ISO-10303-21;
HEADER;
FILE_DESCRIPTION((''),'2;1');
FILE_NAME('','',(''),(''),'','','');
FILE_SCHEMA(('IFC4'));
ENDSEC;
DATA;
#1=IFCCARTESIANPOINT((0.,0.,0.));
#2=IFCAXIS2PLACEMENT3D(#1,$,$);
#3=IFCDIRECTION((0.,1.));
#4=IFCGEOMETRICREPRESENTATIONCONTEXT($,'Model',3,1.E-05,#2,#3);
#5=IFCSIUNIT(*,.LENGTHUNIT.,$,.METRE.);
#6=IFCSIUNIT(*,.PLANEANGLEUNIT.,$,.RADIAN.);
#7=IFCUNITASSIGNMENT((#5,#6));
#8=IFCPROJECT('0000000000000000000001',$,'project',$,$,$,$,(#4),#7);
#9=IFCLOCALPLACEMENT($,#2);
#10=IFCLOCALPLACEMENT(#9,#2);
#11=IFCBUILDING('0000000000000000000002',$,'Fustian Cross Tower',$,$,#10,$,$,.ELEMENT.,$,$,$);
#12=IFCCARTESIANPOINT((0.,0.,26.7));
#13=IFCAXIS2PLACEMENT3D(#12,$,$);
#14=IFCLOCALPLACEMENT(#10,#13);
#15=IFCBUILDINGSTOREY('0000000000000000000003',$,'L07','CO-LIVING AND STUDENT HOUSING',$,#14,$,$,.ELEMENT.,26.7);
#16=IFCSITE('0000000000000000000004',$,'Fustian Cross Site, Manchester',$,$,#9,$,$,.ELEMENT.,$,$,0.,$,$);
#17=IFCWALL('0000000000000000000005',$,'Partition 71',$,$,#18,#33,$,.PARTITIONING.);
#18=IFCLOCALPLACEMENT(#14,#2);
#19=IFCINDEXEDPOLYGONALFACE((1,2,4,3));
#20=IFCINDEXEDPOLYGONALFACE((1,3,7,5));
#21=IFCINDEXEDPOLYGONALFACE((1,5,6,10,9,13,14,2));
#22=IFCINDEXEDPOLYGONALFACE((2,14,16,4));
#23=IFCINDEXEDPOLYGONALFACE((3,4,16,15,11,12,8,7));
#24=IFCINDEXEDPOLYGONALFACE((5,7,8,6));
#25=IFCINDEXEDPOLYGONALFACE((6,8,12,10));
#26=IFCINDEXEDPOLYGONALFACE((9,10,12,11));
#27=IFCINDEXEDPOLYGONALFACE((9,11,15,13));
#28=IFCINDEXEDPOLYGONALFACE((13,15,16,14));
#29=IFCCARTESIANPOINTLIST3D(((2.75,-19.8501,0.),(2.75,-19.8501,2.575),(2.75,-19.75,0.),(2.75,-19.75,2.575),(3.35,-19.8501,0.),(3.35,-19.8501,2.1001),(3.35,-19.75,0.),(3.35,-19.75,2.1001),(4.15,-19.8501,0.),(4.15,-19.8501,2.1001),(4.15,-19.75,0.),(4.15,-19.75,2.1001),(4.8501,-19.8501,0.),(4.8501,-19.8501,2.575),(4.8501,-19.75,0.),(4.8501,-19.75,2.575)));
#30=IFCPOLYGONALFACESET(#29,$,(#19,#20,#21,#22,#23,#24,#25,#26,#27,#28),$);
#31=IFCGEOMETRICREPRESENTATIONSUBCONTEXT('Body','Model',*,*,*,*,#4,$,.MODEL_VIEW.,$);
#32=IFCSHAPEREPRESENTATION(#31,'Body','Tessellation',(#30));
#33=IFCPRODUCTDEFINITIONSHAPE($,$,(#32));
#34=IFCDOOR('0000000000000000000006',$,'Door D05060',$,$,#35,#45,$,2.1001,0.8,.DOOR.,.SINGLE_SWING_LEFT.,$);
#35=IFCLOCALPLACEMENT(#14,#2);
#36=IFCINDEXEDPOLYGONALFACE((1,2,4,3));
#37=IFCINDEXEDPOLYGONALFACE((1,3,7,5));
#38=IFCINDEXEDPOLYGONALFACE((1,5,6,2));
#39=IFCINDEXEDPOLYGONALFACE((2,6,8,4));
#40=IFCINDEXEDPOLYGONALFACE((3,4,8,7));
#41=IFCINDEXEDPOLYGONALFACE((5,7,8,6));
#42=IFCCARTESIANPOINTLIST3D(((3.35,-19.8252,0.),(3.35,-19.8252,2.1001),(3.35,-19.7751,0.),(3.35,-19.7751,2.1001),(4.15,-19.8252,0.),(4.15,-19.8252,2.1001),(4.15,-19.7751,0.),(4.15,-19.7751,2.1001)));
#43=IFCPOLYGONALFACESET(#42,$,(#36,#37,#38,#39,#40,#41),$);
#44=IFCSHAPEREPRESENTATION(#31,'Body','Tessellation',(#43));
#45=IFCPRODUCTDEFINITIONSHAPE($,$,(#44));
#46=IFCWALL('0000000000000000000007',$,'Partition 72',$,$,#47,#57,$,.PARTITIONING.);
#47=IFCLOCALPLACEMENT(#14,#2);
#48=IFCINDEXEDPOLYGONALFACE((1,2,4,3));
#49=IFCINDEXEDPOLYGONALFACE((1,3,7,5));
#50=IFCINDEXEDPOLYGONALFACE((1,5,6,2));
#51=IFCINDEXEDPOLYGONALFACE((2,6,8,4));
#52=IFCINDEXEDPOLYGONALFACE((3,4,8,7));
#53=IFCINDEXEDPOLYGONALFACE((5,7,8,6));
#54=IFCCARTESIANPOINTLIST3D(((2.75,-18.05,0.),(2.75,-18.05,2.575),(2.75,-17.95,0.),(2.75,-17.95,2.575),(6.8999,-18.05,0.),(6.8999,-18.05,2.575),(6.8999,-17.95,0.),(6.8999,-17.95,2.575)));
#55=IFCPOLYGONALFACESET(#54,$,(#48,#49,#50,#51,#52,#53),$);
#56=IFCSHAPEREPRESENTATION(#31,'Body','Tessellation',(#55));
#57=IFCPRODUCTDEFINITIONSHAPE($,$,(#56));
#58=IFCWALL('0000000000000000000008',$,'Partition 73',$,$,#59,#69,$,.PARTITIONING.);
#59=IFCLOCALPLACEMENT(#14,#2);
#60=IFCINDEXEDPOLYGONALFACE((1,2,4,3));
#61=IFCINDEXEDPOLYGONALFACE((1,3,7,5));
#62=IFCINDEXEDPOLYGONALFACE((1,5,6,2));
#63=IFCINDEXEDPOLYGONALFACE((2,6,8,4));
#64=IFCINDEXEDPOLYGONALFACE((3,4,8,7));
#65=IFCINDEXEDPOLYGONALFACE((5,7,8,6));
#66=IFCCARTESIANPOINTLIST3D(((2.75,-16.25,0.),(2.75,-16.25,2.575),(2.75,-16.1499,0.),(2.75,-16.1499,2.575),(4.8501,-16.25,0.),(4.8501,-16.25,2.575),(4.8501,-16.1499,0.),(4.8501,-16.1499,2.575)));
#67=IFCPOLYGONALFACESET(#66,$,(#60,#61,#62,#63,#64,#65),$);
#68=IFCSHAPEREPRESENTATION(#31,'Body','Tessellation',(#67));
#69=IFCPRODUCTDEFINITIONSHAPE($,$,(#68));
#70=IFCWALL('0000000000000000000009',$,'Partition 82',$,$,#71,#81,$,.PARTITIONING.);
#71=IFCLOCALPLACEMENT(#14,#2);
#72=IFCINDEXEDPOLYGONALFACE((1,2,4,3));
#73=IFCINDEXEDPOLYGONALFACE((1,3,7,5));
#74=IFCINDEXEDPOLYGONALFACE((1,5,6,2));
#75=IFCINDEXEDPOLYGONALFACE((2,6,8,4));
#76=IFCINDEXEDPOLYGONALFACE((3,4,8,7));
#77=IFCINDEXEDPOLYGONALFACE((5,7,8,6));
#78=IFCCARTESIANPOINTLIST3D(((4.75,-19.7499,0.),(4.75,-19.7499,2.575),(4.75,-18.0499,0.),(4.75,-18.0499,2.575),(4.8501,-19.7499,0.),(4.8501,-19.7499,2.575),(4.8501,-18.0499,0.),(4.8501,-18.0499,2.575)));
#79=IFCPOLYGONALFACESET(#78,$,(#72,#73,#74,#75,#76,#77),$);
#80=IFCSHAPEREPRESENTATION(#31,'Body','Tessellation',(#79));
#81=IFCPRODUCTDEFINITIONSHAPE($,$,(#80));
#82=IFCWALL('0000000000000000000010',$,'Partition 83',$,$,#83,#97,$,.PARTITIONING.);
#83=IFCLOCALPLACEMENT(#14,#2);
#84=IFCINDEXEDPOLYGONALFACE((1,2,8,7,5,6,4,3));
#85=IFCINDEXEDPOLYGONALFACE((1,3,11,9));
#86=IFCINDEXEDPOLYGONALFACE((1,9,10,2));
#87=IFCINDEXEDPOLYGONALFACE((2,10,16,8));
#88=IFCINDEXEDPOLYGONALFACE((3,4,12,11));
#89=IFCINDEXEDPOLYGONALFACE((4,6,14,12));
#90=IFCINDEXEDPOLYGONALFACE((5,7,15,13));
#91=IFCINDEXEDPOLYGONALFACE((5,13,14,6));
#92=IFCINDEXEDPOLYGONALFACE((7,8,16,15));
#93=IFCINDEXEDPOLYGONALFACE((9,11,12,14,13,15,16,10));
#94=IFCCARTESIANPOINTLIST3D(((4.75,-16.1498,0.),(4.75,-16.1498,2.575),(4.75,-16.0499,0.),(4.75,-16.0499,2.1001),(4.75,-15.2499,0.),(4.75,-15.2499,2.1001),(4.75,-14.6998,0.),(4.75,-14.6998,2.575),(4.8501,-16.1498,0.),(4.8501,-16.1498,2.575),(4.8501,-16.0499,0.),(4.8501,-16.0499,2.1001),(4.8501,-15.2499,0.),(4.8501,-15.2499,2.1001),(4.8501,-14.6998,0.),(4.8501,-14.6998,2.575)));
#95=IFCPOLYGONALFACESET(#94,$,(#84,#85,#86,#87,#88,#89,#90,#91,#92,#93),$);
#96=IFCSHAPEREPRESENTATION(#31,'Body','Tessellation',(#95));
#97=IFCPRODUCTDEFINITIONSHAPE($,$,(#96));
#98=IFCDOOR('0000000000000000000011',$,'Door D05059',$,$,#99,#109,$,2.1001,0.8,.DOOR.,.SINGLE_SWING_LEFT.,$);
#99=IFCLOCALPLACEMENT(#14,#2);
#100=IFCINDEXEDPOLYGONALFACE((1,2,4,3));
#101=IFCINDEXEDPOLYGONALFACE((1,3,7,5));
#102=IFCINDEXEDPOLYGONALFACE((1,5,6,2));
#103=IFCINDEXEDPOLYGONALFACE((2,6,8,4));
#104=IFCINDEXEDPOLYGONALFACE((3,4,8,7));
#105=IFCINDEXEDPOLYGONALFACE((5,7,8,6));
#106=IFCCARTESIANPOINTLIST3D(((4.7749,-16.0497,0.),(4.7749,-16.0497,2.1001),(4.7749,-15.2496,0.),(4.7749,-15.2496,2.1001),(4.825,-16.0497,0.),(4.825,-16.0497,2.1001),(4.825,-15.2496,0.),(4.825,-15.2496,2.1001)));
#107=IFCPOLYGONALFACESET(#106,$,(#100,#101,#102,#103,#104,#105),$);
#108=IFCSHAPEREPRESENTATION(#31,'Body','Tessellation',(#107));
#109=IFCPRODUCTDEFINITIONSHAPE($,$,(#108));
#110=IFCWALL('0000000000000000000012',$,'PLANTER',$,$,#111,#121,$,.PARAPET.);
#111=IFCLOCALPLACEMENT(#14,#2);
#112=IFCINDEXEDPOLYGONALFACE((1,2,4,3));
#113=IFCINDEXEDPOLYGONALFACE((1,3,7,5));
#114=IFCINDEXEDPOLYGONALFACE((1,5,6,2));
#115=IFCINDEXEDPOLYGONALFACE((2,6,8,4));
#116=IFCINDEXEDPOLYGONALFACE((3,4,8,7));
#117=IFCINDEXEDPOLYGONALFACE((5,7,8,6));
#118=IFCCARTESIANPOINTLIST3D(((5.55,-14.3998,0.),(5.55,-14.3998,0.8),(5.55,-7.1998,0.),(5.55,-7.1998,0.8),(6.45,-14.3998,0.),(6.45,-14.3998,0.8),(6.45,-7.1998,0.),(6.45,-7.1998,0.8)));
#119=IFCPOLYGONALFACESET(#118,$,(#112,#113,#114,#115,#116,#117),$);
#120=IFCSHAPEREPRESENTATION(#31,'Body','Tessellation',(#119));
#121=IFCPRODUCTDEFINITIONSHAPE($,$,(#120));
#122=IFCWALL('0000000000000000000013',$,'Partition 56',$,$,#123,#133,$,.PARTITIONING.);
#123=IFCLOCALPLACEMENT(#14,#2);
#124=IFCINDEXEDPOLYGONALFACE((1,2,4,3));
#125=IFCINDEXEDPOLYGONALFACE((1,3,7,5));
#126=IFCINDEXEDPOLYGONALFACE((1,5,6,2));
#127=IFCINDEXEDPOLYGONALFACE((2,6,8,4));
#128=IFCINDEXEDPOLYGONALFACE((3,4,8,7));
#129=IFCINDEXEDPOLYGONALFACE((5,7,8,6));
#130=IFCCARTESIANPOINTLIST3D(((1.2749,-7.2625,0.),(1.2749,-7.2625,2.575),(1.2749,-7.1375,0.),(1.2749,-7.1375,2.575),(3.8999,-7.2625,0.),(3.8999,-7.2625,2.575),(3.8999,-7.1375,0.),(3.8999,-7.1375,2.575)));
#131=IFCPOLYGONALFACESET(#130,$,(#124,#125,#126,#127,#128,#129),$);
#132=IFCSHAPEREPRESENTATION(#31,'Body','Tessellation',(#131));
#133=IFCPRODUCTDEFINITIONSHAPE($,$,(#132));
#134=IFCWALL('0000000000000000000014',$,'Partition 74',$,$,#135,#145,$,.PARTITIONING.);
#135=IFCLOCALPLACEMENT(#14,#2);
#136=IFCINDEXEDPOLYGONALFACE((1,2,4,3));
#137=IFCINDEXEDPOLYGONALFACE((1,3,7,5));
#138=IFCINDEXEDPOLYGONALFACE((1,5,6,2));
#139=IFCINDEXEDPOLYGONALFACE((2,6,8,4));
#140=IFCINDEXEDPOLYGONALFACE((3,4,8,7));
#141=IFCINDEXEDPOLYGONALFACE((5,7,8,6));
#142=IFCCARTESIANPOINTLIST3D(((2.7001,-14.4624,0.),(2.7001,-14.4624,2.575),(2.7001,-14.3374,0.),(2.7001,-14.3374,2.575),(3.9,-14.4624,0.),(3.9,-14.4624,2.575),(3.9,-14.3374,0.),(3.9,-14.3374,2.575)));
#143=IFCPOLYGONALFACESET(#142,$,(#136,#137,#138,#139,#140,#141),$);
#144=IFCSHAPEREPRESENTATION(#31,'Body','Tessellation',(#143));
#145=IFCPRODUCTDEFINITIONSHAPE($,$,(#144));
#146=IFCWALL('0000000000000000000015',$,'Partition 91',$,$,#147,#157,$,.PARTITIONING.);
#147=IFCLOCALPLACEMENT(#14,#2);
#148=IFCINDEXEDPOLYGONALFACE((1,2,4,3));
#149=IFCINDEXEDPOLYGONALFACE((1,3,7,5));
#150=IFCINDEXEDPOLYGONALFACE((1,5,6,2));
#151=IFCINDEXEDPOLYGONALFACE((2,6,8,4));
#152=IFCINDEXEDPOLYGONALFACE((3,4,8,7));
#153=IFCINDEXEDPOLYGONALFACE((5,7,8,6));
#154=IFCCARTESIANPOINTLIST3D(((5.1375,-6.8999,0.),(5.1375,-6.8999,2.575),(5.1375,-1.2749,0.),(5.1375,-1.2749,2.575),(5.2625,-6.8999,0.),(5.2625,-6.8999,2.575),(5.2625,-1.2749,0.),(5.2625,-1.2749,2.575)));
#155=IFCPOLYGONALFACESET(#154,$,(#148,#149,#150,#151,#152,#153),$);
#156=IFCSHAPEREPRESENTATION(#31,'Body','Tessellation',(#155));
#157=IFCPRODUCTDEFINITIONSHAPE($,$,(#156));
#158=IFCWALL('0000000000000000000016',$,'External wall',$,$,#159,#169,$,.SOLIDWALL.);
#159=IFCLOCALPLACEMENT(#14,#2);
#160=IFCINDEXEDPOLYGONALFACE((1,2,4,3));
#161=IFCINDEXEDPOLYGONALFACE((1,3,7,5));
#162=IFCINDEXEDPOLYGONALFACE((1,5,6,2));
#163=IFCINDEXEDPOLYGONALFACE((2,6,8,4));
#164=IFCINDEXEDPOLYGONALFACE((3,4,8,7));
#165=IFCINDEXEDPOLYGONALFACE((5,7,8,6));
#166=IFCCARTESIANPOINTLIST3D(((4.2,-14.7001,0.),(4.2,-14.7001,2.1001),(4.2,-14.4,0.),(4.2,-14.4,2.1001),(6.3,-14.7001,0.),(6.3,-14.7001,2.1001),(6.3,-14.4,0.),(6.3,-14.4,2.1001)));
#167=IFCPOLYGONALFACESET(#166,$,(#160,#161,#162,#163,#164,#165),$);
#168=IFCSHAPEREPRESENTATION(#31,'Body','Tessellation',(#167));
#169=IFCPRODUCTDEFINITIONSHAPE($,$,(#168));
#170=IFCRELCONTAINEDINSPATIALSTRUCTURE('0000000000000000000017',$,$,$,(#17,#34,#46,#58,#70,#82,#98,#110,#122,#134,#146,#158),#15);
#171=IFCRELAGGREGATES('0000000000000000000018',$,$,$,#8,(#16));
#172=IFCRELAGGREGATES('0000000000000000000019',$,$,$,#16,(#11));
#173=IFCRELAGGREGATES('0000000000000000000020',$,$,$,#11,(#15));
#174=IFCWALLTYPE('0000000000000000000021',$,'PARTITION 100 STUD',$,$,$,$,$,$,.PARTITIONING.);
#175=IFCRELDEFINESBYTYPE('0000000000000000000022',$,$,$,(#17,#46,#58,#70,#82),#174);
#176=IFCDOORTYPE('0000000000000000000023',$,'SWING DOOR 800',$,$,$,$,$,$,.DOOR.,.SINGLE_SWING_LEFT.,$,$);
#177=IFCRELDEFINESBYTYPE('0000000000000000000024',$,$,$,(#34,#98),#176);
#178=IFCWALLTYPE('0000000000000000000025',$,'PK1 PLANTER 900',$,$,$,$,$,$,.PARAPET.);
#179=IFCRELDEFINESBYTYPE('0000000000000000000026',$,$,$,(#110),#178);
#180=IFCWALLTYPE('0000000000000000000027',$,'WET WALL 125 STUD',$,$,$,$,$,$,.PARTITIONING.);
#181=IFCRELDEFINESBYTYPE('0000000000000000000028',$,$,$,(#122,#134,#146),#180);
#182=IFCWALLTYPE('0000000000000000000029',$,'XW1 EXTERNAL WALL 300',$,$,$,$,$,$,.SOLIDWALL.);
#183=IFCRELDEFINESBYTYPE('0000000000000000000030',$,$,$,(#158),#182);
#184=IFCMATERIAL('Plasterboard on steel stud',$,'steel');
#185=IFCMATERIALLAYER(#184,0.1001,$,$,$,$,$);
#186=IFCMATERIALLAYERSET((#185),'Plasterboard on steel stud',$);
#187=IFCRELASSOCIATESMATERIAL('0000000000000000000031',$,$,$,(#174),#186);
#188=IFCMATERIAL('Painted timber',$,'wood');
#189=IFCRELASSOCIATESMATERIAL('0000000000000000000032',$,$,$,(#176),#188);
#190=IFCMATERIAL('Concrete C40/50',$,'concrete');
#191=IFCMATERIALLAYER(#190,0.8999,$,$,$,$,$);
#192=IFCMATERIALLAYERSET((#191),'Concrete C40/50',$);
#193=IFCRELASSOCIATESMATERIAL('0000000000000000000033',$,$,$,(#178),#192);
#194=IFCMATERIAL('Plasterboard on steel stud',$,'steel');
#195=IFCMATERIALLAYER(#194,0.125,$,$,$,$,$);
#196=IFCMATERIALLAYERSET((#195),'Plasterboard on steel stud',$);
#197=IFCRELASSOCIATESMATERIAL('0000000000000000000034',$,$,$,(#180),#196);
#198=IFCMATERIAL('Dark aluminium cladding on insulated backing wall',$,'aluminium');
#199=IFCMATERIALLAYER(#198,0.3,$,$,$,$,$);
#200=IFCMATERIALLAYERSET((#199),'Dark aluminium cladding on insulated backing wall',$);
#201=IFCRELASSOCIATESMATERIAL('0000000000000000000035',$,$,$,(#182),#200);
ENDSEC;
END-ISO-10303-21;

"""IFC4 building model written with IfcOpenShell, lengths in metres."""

from ifc_helpers import new_model, si_unit, direction, frame, frame_2d, origin, place, context, subcontext, project, spatial, rectangle, extrude, material, layer, layer_set, type_object, element, fill, save


model = new_model("IFC4")

# Units and contexts
model_context = context("Model", 3, precision=1e-05, world=origin(), true_north=direction((0.0, 1.0)))
body_context = subcontext(model_context, "Body", "Model", "MODEL_VIEW")
ifc_project = project(units=[si_unit("LENGTHUNIT", "METRE"), si_unit("PLANEANGLEUNIT", "RADIAN")], contexts=[model_context])

# Site, building, storey
site_placement = place(None, origin())
site = spatial("IfcSite", under=ifc_project, at=site_placement, Name="Fustian Cross Site, Manchester", CompositionType="ELEMENT", RefElevation=0.0)
building_placement = place(site_placement, origin())
building = spatial("IfcBuilding", under=site, at=building_placement, Name="Fustian Cross Tower", CompositionType="ELEMENT")
storey_placement = place(building_placement, frame((0.0, 0.0, 26.7)))
storey = spatial("IfcBuildingStorey", under=building, at=storey_placement, Name="L07", Description="CO-LIVING AND STUDENT HOUSING", CompositionType="ELEMENT", Elevation=26.7)

# Shared definitions
ifc_material_1 = material(Name="Plasterboard on steel stud", Category="steel")
ifc_layer_1 = layer(ifc_material_1, 0.1001)
ifc_layer_set_1 = layer_set([ifc_layer_1], Name="Plasterboard on steel stud")
wall_type_1 = type_object("IfcWallType", Name="PARTITION 100 STUD", PredefinedType="PARTITIONING", material=ifc_layer_set_1)

# Wall, opening, door
wall_1_placement = place(storey_placement, frame((2.75, -19.8, 0.0), z_axis=(0.0, 0.0, 1.0), x_axis=(1.0, 0.0, 0.0)))
wall_1 = element("IfcWall", 1, at=wall_1_placement, inside=storey, type_object=wall_type_1, Name="Partition 71", PredefinedType="PARTITIONING", context=body_context, shape_type="SweptSolid", body=[
    extrude(rectangle(XDim=2.1001, YDim=0.1001, at=frame_2d((1.05, 0.0))), origin(), (0.0, 0.0, 1.0), 2.575),
])
opening_1_placement = place(wall_1_placement, frame((0.6001, 0.0, 0.0)))
opening_1 = element("IfcOpeningElement", 2, at=opening_1_placement, cuts=wall_1, PredefinedType="OPENING", context=body_context, shape_type="SweptSolid", body=[
    extrude(rectangle(XDim=0.8, YDim=2.1001, at=frame_2d((0.3999, 1.05))), frame((0.0, 0.0601, 0.0), z_axis=(0.0, -1.0, 0.0), x_axis=(1.0, 0.0, 0.0)), (0.0, 0.0, 1.0), 0.1201),
])
ifc_material_2 = material(Name="Painted timber", Category="wood")
door_type_1 = type_object("IfcDoorType", Name="SWING DOOR 800", OperationType="SINGLE_SWING_LEFT", PredefinedType="DOOR", material=ifc_material_2)
door_1_placement = place(opening_1_placement, origin())
door_1 = element("IfcDoor", 3, at=door_1_placement, inside=storey, type_object=door_type_1, Name="Door D05060", OperationType="SINGLE_SWING_LEFT", OverallHeight=2.1001, OverallWidth=0.8, PredefinedType="DOOR", context=body_context, shape_type="SweptSolid", body=[
    extrude(rectangle(XDim=0.8, YDim=2.1001, at=frame_2d((0.3999, 1.05))), frame((0.0, 0.0249, 0.0), z_axis=(0.0, -1.0, 0.0), x_axis=(1.0, 0.0, 0.0)), (0.0, 0.0, 1.0), 0.05),
])
fill(opening_1, door_1)

# Walls
wall_2_placement = place(storey_placement, frame((2.75, -18.0, 0.0), z_axis=(0.0, 0.0, 1.0), x_axis=(1.0, 0.0, 0.0)))
element("IfcWall", 4, at=wall_2_placement, inside=storey, type_object=wall_type_1, Name="Partition 72", PredefinedType="PARTITIONING", context=body_context, shape_type="SweptSolid", body=[
    extrude(rectangle(XDim=4.1499, YDim=0.1001, at=frame_2d((2.075, 0.0))), origin(), (0.0, 0.0, 1.0), 2.575),
])
wall_3_placement = place(storey_placement, frame((2.75, -16.2, 0.0), z_axis=(0.0, 0.0, 1.0), x_axis=(1.0, 0.0, 0.0)))
element("IfcWall", 5, at=wall_3_placement, inside=storey, type_object=wall_type_1, Name="Partition 73", PredefinedType="PARTITIONING", context=body_context, shape_type="SweptSolid", body=[
    extrude(rectangle(XDim=2.1001, YDim=0.1001, at=frame_2d((1.05, 0.0))), origin(), (0.0, 0.0, 1.0), 2.575),
])
wall_4_placement = place(storey_placement, frame((4.8, -19.75, 0.0), z_axis=(0.0, 0.0, 1.0), x_axis=(0.0, 1.0, 0.0)))
element("IfcWall", 6, at=wall_4_placement, inside=storey, type_object=wall_type_1, Name="Partition 82", PredefinedType="PARTITIONING", context=body_context, shape_type="SweptSolid", body=[
    extrude(rectangle(XDim=1.7, YDim=0.1001, at=frame_2d((0.8501, 0.0))), origin(), (0.0, 0.0, 1.0), 2.575),
])

# Wall, opening, door
wall_5_placement = place(storey_placement, frame((4.8, -16.1499, 0.0), z_axis=(0.0, 0.0, 1.0), x_axis=(0.0, 1.0, 0.0)))
wall_5 = element("IfcWall", 7, at=wall_5_placement, inside=storey, type_object=wall_type_1, Name="Partition 83", PredefinedType="PARTITIONING", context=body_context, shape_type="SweptSolid", body=[
    extrude(rectangle(XDim=1.45, YDim=0.1001, at=frame_2d((0.7251, 0.0))), origin(), (0.0, 0.0, 1.0), 2.575),
])
opening_2_placement = place(wall_5_placement, frame((0.1001, 0.0, 0.0)))
opening_2 = element("IfcOpeningElement", 8, at=opening_2_placement, cuts=wall_5, PredefinedType="OPENING", context=body_context, shape_type="SweptSolid", body=[
    extrude(rectangle(XDim=0.8, YDim=2.1001, at=frame_2d((0.3999, 1.05))), frame((0.0, 0.0601, 0.0), z_axis=(0.0, -1.0, 0.0), x_axis=(1.0, 0.0, 0.0)), (0.0, 0.0, 1.0), 0.1201),
])
door_2_placement = place(opening_2_placement, frame((0.8, 0.0, 0.0), z_axis=(0.0, 0.0, 1.0), x_axis=(-1.0, 0.0, 0.0)))
door_2 = element("IfcDoor", 9, at=door_2_placement, inside=storey, type_object=door_type_1, Name="Door D05059", OperationType="SINGLE_SWING_LEFT", OverallHeight=2.1001, OverallWidth=0.8, PredefinedType="DOOR", context=body_context, shape_type="SweptSolid", body=[
    extrude(rectangle(XDim=0.8, YDim=2.1001, at=frame_2d((0.3999, 1.05))), frame((0.0, 0.0249, 0.0), z_axis=(0.0, -1.0, 0.0), x_axis=(1.0, 0.0, 0.0)), (0.0, 0.0, 1.0), 0.05),
])
fill(opening_2, door_2)

# Walls
ifc_material_3 = material(Name="Concrete C40/50", Category="concrete")
ifc_layer_2 = layer(ifc_material_3, 0.8999)
ifc_layer_set_2 = layer_set([ifc_layer_2], Name="Concrete C40/50")
wall_type_2 = type_object("IfcWallType", Name="PK1 PLANTER 900", PredefinedType="PARAPET", material=ifc_layer_set_2)
wall_6_placement = place(storey_placement, frame((6.0, -14.3999, 0.0), z_axis=(0.0, 0.0, 1.0), x_axis=(0.0, 1.0, 0.0)))
element("IfcWall", 10, at=wall_6_placement, inside=storey, type_object=wall_type_2, Name="PLANTER", PredefinedType="PARAPET", context=body_context, shape_type="SweptSolid", body=[
    extrude(rectangle(XDim=7.2, YDim=0.8999, at=frame_2d((3.6001, 0.0))), origin(), (0.0, 0.0, 1.0), 0.8),
])
ifc_material_4 = material(Name="Plasterboard on steel stud", Category="steel")
ifc_layer_3 = layer(ifc_material_4, 0.125)
ifc_layer_set_3 = layer_set([ifc_layer_3], Name="Plasterboard on steel stud")
wall_type_3 = type_object("IfcWallType", Name="WET WALL 125 STUD", PredefinedType="PARTITIONING", material=ifc_layer_set_3)
wall_7_placement = place(storey_placement, frame((1.2749, -7.2, 0.0), z_axis=(0.0, 0.0, 1.0), x_axis=(1.0, 0.0, 0.0)))
element("IfcWall", 11, at=wall_7_placement, inside=storey, type_object=wall_type_3, Name="Partition 56", PredefinedType="PARTITIONING", context=body_context, shape_type="SweptSolid", body=[
    extrude(rectangle(XDim=2.625, YDim=0.125, at=frame_2d((1.3125, 0.0))), origin(), (0.0, 0.0, 1.0), 2.575),
])
wall_8_placement = place(storey_placement, frame((2.7, -14.3999, 0.0), z_axis=(0.0, 0.0, 1.0), x_axis=(1.0, 0.0, 0.0)))
element("IfcWall", 12, at=wall_8_placement, inside=storey, type_object=wall_type_3, Name="Partition 74", PredefinedType="PARTITIONING", context=body_context, shape_type="SweptSolid", body=[
    extrude(rectangle(XDim=1.2, YDim=0.125, at=frame_2d((0.6001, 0.0))), origin(), (0.0, 0.0, 1.0), 2.575),
])
wall_9_placement = place(storey_placement, frame((5.2, -6.8999, 0.0), z_axis=(0.0, 0.0, 1.0), x_axis=(0.0, 1.0, 0.0)))
element("IfcWall", 13, at=wall_9_placement, inside=storey, type_object=wall_type_3, Name="Partition 91", PredefinedType="PARTITIONING", context=body_context, shape_type="SweptSolid", body=[
    extrude(rectangle(XDim=5.625, YDim=0.125, at=frame_2d((2.8125, 0.0))), origin(), (0.0, 0.0, 1.0), 2.575),
])
ifc_material_5 = material(Name="Dark aluminium cladding on insulated backing wall", Category="aluminium")
ifc_layer_4 = layer(ifc_material_5, 0.3)
ifc_layer_set_4 = layer_set([ifc_layer_4], Name="Dark aluminium cladding on insulated backing wall")
wall_type_4 = type_object("IfcWallType", Name="XW1 EXTERNAL WALL 300", PredefinedType="SOLIDWALL", material=ifc_layer_set_4)
wall_10_placement = place(storey_placement, frame((6.3, -14.55, 0.0), z_axis=(0.0, 0.0, 1.0), x_axis=(-1.0, 0.0, 0.0)))
element("IfcWall", 14, at=wall_10_placement, inside=storey, type_object=wall_type_4, Name="External wall", PredefinedType="SOLIDWALL", context=body_context, shape_type="SweptSolid", body=[
    extrude(rectangle(XDim=2.1001, YDim=0.3, at=frame_2d((1.05, 0.0))), origin(), (0.0, 0.0, 1.0), 2.1001),
])

save(model, "model.ifc")
